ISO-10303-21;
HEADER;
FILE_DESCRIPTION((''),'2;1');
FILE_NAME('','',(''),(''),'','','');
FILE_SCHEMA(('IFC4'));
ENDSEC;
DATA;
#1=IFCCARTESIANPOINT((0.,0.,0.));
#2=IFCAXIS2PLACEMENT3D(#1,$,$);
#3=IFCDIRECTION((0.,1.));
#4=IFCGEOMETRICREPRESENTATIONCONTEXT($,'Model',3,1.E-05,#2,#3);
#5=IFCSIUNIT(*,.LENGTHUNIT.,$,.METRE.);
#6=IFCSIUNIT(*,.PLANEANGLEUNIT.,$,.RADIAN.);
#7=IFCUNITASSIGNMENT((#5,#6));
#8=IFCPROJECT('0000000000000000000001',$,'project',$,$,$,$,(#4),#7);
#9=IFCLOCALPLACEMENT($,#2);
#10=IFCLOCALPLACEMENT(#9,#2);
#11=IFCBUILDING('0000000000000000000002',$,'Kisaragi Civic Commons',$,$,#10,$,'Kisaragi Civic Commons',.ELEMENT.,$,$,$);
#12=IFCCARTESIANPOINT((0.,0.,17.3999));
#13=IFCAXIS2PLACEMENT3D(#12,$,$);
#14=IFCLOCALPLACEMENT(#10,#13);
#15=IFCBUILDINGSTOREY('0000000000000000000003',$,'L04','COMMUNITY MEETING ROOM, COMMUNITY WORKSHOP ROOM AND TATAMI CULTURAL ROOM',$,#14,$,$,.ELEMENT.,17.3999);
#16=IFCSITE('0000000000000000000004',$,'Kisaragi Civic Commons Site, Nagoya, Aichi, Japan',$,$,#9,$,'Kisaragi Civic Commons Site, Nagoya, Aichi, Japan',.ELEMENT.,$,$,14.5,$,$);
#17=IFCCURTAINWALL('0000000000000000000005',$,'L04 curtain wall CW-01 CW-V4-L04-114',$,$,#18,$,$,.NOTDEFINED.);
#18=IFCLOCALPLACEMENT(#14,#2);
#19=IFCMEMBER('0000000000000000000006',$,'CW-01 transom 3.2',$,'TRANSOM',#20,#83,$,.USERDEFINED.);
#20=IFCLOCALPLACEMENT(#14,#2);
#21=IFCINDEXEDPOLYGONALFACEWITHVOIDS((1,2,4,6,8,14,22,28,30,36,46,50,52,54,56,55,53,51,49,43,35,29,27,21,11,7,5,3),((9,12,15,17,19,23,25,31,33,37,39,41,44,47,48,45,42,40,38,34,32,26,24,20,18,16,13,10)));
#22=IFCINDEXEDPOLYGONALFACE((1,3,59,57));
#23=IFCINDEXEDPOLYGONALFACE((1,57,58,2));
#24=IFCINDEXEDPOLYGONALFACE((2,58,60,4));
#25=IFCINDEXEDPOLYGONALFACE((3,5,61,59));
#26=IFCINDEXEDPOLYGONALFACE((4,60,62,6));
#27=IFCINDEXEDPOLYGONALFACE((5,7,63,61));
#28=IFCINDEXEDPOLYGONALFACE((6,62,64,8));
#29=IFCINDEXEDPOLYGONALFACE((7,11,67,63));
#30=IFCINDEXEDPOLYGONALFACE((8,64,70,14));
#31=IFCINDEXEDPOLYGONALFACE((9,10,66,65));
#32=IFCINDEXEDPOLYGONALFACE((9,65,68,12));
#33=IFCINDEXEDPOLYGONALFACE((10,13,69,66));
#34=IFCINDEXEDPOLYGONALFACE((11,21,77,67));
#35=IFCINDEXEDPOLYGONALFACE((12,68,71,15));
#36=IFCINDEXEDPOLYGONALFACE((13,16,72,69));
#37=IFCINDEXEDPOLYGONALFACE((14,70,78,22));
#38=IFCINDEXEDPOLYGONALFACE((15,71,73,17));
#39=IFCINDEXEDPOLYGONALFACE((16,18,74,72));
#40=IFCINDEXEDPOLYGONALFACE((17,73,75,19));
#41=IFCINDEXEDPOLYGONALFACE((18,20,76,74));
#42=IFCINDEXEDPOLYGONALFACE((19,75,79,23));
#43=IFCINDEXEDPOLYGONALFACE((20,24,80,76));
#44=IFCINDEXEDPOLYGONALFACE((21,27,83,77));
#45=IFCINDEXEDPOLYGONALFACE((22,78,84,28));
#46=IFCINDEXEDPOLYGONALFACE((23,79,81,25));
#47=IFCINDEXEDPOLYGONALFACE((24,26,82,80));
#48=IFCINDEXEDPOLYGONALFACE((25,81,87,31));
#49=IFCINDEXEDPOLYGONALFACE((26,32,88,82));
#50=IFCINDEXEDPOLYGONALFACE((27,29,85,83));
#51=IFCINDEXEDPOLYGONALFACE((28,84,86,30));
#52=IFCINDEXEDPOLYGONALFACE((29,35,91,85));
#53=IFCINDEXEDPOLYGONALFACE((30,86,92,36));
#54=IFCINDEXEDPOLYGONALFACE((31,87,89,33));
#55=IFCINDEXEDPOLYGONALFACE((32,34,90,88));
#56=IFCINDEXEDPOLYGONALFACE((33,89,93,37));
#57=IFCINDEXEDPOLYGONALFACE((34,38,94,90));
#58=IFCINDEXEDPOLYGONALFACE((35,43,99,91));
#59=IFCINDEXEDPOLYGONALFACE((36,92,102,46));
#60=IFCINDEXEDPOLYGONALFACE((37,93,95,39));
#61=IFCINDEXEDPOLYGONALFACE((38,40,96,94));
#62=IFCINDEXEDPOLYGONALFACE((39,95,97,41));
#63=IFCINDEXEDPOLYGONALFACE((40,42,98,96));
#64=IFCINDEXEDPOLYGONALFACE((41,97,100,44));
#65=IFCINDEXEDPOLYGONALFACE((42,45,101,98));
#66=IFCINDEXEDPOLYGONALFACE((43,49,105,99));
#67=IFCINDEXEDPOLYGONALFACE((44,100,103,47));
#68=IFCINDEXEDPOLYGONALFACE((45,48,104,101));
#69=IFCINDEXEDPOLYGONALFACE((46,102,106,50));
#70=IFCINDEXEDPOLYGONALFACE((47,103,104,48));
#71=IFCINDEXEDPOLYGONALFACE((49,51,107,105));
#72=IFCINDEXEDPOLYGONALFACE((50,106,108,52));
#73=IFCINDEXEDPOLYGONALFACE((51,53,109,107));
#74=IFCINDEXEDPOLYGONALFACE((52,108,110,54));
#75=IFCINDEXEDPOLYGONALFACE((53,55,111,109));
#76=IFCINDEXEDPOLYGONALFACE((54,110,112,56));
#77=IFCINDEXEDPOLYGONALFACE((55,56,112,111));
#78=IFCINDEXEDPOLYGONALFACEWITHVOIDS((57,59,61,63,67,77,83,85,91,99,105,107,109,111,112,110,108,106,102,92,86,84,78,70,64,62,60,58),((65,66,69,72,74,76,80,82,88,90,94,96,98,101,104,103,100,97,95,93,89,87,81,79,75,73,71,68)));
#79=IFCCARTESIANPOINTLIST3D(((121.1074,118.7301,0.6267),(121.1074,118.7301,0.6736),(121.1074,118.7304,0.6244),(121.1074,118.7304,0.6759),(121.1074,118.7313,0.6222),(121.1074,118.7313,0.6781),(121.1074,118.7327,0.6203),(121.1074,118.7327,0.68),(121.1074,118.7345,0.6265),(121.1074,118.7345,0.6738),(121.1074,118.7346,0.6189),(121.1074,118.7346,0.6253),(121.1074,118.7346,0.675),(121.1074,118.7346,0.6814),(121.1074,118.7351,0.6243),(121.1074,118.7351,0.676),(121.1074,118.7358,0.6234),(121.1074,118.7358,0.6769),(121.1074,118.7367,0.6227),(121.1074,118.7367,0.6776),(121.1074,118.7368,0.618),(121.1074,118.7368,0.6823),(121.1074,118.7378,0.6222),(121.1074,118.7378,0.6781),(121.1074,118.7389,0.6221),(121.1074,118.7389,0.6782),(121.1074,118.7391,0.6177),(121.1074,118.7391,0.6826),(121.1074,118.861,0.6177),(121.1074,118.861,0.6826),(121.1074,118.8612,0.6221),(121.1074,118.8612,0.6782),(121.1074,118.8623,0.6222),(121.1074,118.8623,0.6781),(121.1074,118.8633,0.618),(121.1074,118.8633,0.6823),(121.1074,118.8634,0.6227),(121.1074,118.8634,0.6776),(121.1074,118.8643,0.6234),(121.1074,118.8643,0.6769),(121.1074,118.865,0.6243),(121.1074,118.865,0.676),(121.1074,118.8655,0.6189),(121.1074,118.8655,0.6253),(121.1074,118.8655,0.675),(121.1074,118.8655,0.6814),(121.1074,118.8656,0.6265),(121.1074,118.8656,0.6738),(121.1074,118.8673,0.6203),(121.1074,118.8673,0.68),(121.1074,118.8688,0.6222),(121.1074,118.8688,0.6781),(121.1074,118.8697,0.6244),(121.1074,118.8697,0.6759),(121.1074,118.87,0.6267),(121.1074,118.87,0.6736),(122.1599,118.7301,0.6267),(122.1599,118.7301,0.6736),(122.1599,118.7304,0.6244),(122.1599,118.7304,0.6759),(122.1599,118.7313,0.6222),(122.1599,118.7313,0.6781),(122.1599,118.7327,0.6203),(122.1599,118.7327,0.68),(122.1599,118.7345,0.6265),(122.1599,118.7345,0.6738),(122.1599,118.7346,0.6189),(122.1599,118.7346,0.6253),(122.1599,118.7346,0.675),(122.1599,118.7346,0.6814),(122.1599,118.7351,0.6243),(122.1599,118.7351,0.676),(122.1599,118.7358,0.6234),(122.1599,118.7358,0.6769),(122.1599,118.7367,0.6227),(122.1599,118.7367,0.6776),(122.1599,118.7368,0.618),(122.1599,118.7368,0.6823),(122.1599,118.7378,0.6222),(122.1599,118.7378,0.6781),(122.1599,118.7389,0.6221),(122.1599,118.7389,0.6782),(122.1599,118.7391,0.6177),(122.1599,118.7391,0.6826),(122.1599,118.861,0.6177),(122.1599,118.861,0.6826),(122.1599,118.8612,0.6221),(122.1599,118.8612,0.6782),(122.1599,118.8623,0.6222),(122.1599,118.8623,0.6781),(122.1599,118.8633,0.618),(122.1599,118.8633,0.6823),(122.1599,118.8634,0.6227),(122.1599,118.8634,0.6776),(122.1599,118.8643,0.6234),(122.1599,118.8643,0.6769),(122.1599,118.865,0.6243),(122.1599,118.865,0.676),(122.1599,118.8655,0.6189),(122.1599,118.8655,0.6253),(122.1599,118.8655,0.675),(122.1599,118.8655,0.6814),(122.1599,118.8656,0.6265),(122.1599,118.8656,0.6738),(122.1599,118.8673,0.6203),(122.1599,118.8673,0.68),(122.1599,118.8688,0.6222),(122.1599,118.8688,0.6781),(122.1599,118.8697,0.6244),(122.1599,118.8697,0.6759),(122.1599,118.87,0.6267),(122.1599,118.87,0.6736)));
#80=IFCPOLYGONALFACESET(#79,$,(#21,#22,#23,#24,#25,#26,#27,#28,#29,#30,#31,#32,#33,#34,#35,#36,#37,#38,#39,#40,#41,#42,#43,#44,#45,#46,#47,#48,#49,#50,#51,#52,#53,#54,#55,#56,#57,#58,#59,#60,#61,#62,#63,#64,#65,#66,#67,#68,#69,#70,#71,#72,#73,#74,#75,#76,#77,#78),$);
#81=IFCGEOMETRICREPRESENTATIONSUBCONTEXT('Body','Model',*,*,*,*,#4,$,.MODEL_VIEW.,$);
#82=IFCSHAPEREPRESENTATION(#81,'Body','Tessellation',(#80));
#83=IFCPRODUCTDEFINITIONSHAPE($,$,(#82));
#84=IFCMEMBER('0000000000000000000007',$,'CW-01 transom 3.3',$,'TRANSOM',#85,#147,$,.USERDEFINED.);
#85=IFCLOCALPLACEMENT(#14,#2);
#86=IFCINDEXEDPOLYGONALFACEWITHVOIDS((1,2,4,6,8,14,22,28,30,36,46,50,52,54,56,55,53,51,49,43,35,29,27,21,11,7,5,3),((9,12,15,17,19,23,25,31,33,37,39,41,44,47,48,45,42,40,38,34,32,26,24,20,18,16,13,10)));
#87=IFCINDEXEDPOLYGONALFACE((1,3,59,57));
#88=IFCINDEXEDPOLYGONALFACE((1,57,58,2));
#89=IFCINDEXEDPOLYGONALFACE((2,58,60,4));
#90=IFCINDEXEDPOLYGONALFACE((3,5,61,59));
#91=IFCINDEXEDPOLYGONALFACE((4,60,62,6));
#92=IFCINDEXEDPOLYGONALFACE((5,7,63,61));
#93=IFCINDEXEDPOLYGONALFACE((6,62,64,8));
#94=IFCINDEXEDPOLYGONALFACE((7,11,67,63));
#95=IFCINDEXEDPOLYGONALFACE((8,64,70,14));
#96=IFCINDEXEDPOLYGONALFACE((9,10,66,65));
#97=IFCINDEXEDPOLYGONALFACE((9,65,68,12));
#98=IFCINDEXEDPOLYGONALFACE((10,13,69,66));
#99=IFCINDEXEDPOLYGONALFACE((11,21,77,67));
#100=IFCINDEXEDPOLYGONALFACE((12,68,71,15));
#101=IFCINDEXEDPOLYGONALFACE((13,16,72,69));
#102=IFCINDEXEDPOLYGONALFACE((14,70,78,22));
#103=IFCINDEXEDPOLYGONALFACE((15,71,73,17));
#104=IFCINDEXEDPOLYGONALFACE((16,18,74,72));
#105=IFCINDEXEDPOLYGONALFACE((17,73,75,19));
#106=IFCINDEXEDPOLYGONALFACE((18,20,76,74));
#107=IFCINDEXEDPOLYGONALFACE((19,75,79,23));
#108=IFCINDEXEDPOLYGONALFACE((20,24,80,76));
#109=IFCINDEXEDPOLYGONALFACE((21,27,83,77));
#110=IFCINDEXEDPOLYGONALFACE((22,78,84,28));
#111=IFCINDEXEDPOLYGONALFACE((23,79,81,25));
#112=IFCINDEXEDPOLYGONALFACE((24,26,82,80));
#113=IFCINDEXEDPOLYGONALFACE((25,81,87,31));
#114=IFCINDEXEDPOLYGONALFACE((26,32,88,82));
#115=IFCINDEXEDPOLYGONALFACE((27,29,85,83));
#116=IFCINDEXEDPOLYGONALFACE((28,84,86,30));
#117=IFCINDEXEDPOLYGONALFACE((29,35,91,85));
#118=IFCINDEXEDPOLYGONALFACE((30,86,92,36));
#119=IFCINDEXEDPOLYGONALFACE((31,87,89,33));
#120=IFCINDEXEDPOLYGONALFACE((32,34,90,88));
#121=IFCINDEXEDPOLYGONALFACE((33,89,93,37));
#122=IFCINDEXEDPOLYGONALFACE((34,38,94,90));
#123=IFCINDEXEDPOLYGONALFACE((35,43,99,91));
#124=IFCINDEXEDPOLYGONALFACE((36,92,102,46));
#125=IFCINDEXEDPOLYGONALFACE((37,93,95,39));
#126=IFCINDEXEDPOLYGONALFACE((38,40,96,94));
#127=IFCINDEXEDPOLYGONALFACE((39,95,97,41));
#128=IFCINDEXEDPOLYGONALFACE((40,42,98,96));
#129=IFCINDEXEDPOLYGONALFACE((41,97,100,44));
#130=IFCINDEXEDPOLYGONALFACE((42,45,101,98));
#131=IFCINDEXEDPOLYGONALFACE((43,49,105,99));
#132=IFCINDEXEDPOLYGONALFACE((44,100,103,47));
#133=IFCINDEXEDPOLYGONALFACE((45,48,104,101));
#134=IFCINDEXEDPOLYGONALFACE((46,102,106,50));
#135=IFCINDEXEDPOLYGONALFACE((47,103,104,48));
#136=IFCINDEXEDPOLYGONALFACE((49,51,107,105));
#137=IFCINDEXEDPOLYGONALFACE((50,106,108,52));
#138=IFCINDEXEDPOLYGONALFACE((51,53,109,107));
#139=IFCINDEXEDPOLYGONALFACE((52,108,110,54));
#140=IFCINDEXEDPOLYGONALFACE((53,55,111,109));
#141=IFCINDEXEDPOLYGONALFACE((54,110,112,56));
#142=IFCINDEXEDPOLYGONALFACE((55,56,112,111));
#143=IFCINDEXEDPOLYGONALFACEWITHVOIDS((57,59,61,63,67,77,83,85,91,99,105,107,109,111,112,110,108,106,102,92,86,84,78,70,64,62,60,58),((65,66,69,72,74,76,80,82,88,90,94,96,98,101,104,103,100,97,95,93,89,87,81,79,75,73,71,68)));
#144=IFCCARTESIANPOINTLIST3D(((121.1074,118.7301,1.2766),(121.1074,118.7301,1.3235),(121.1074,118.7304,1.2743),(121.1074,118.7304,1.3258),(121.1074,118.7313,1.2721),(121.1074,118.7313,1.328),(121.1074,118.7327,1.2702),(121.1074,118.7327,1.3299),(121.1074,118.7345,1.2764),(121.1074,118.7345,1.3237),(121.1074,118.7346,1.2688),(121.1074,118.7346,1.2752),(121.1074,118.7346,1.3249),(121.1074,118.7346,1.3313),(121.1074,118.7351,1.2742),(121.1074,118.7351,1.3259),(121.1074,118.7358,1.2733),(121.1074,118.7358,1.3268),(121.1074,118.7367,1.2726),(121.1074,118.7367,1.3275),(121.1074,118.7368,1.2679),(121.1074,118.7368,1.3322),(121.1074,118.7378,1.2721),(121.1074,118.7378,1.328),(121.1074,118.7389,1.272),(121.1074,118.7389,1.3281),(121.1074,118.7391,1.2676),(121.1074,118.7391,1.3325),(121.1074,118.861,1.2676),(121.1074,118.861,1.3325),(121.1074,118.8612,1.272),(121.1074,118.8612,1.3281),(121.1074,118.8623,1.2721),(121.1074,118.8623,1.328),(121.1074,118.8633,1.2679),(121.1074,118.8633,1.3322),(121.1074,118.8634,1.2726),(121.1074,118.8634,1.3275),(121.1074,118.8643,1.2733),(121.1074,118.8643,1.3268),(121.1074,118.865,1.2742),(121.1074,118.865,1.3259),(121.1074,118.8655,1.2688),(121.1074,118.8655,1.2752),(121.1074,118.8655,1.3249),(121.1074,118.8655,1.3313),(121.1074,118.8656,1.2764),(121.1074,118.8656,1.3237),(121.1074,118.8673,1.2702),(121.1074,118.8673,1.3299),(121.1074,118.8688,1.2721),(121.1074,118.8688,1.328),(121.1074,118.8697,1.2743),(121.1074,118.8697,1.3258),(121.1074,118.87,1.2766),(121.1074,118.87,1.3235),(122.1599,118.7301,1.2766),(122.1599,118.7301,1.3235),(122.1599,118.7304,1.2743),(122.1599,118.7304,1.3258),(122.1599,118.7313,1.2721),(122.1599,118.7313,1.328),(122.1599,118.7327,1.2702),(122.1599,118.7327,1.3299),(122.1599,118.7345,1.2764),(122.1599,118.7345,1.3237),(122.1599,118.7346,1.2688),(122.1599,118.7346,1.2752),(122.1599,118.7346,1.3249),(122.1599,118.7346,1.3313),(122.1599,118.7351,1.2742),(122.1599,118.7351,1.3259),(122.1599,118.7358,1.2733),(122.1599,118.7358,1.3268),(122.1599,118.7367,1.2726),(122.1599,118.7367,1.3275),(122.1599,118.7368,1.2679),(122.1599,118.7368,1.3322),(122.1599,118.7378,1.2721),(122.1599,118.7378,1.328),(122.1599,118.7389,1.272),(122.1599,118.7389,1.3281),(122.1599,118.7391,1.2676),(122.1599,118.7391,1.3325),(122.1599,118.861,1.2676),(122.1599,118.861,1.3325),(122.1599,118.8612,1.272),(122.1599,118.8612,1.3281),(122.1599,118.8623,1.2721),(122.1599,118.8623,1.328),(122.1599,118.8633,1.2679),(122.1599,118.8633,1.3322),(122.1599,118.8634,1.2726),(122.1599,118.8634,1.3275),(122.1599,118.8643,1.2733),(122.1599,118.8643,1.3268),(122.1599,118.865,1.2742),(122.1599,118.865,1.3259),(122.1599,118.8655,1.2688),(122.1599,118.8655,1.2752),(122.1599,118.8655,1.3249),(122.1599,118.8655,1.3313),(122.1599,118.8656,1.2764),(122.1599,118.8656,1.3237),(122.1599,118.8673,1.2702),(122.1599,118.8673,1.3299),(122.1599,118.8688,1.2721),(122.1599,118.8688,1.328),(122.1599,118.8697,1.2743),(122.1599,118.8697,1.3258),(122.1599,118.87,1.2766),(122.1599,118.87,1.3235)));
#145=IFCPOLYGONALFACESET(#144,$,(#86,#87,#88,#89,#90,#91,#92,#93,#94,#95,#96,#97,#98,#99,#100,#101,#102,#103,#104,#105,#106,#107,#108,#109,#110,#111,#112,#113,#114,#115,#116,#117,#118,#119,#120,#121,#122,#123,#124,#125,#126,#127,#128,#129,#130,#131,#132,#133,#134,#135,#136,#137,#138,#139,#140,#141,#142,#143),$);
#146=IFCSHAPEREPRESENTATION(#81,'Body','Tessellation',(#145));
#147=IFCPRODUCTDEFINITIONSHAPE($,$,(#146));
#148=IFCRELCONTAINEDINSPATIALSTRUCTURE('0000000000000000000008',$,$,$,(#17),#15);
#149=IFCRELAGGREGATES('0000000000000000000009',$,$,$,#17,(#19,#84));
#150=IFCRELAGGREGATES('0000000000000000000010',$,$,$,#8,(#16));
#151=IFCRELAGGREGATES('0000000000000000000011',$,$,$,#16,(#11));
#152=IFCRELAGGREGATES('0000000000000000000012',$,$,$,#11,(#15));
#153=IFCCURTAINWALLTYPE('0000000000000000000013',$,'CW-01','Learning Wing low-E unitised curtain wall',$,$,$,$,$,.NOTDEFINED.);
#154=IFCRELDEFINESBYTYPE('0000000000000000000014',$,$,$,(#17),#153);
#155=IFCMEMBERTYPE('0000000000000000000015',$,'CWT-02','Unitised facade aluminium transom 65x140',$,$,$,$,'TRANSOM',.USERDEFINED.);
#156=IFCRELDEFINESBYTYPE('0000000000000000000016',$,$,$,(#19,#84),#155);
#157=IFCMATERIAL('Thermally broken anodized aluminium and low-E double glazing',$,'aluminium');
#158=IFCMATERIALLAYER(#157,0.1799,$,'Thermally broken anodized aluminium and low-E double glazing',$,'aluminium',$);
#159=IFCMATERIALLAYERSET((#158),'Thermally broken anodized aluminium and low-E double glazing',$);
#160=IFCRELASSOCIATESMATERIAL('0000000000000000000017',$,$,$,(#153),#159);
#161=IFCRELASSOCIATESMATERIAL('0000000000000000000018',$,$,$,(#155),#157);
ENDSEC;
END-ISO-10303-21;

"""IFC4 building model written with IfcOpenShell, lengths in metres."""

from ifc_helpers import new_model, si_unit, direction, frame, origin, origin_2d, place, context, subcontext, project, spatial, hollow_rectangle, extrude, material, layer, layer_set, material_profile, profile_set, type_object, element, aggregate, save


model = new_model("IFC4")

# Units and contexts
model_context = context("Model", 3, precision=1e-05, world=origin(), true_north=direction((0.0, 1.0)))
body_context = subcontext(model_context, "Body", "Model", "MODEL_VIEW")
ifc_project = project(units=[si_unit("LENGTHUNIT", "METRE"), si_unit("PLANEANGLEUNIT", "RADIAN")], contexts=[model_context])

# Site, building, storey
site_placement = place(None, origin())
site = spatial("IfcSite", under=ifc_project, at=site_placement, Name="Kisaragi Civic Commons Site, Nagoya, Aichi, Japan", LongName="Kisaragi Civic Commons Site, Nagoya, Aichi, Japan", CompositionType="ELEMENT", RefElevation=14.5)
building_placement = place(site_placement, origin())
building = spatial("IfcBuilding", under=site, at=building_placement, Name="Kisaragi Civic Commons", LongName="Kisaragi Civic Commons", CompositionType="ELEMENT")
storey_placement = place(building_placement, frame((0.0, 0.0, 17.3999)))
storey = spatial("IfcBuildingStorey", under=building, at=storey_placement, Name="L04", Description="COMMUNITY MEETING ROOM, COMMUNITY WORKSHOP ROOM AND TATAMI CULTURAL ROOM", CompositionType="ELEMENT", Elevation=17.3999)

# Curtain wall
ifc_material_1 = material(Name="Thermally broken anodized aluminium and low-E double glazing", Category="aluminium")
ifc_layer_1 = layer(ifc_material_1, 0.1799, Name="Thermally broken anodized aluminium and low-E double glazing", Category="aluminium")
ifc_layer_set_1 = layer_set([ifc_layer_1], Name="Thermally broken anodized aluminium and low-E double glazing")
curtain_wall_type = type_object("IfcCurtainWallType", Name="CW-01", Description="Learning Wing low-E unitised curtain wall", PredefinedType="NOTDEFINED", material=ifc_layer_set_1)
curtain_wall_1_placement = place(storey_placement, origin())
curtain_wall_1 = element("IfcCurtainWall", 1, at=curtain_wall_1_placement, inside=storey, type_object=curtain_wall_type, Name="L04 curtain wall CW-01 CW-V4-L04-114", PredefinedType="NOTDEFINED")

# Members
ifc_material_profile_1 = material_profile(ifc_material_1, hollow_rectangle(XDim=0.1399, YDim=0.0649, WallThickness=0.0044, InnerFilletRadius=0.0044, OuterFilletRadius=0.009, at=origin_2d()), Name="CWT-65x140x4.5", Category="aluminium")
ifc_profile_set_1 = profile_set([ifc_material_profile_1], Name="Thermally broken anodized aluminium and low-E double glazing")
member_type_1 = type_object("IfcMemberType", Name="CWT-02", Description="Unitised facade aluminium transom 65x140", ElementType="TRANSOM", PredefinedType="USERDEFINED", material=ifc_profile_set_1)
member_1_placement = place(storey_placement, frame((121.1074, 118.8, 0.6501), z_axis=(1.0, 0.0, 0.0), x_axis=(0.0, 1.0, 0.0)))
member_1 = element("IfcMember", 2, at=member_1_placement, type_object=member_type_1, Name="CW-01 transom 3.2", ObjectType="TRANSOM", PredefinedType="USERDEFINED", context=body_context, shape_type="SweptSolid", body=[
    extrude(hollow_rectangle(XDim=0.1399, YDim=0.0649, WallThickness=0.0044, InnerFilletRadius=0.0044, OuterFilletRadius=0.009, at=origin_2d()), origin(), (0.0, 0.0, 1.0), 1.0525),
])
member_2_placement = place(storey_placement, frame((121.1074, 118.8, 1.3), z_axis=(1.0, 0.0, 0.0), x_axis=(0.0, 1.0, 0.0)))
member_2 = element("IfcMember", 3, at=member_2_placement, type_object=member_type_1, Name="CW-01 transom 3.3", ObjectType="TRANSOM", PredefinedType="USERDEFINED", context=body_context, shape_type="SweptSolid", body=[
    extrude(hollow_rectangle(XDim=0.1399, YDim=0.0649, WallThickness=0.0044, InnerFilletRadius=0.0044, OuterFilletRadius=0.009, at=origin_2d()), origin(), (0.0, 0.0, 1.0), 1.0525),
])

aggregate(curtain_wall_1, [member_1, member_2])

save(model, "model.ifc")
